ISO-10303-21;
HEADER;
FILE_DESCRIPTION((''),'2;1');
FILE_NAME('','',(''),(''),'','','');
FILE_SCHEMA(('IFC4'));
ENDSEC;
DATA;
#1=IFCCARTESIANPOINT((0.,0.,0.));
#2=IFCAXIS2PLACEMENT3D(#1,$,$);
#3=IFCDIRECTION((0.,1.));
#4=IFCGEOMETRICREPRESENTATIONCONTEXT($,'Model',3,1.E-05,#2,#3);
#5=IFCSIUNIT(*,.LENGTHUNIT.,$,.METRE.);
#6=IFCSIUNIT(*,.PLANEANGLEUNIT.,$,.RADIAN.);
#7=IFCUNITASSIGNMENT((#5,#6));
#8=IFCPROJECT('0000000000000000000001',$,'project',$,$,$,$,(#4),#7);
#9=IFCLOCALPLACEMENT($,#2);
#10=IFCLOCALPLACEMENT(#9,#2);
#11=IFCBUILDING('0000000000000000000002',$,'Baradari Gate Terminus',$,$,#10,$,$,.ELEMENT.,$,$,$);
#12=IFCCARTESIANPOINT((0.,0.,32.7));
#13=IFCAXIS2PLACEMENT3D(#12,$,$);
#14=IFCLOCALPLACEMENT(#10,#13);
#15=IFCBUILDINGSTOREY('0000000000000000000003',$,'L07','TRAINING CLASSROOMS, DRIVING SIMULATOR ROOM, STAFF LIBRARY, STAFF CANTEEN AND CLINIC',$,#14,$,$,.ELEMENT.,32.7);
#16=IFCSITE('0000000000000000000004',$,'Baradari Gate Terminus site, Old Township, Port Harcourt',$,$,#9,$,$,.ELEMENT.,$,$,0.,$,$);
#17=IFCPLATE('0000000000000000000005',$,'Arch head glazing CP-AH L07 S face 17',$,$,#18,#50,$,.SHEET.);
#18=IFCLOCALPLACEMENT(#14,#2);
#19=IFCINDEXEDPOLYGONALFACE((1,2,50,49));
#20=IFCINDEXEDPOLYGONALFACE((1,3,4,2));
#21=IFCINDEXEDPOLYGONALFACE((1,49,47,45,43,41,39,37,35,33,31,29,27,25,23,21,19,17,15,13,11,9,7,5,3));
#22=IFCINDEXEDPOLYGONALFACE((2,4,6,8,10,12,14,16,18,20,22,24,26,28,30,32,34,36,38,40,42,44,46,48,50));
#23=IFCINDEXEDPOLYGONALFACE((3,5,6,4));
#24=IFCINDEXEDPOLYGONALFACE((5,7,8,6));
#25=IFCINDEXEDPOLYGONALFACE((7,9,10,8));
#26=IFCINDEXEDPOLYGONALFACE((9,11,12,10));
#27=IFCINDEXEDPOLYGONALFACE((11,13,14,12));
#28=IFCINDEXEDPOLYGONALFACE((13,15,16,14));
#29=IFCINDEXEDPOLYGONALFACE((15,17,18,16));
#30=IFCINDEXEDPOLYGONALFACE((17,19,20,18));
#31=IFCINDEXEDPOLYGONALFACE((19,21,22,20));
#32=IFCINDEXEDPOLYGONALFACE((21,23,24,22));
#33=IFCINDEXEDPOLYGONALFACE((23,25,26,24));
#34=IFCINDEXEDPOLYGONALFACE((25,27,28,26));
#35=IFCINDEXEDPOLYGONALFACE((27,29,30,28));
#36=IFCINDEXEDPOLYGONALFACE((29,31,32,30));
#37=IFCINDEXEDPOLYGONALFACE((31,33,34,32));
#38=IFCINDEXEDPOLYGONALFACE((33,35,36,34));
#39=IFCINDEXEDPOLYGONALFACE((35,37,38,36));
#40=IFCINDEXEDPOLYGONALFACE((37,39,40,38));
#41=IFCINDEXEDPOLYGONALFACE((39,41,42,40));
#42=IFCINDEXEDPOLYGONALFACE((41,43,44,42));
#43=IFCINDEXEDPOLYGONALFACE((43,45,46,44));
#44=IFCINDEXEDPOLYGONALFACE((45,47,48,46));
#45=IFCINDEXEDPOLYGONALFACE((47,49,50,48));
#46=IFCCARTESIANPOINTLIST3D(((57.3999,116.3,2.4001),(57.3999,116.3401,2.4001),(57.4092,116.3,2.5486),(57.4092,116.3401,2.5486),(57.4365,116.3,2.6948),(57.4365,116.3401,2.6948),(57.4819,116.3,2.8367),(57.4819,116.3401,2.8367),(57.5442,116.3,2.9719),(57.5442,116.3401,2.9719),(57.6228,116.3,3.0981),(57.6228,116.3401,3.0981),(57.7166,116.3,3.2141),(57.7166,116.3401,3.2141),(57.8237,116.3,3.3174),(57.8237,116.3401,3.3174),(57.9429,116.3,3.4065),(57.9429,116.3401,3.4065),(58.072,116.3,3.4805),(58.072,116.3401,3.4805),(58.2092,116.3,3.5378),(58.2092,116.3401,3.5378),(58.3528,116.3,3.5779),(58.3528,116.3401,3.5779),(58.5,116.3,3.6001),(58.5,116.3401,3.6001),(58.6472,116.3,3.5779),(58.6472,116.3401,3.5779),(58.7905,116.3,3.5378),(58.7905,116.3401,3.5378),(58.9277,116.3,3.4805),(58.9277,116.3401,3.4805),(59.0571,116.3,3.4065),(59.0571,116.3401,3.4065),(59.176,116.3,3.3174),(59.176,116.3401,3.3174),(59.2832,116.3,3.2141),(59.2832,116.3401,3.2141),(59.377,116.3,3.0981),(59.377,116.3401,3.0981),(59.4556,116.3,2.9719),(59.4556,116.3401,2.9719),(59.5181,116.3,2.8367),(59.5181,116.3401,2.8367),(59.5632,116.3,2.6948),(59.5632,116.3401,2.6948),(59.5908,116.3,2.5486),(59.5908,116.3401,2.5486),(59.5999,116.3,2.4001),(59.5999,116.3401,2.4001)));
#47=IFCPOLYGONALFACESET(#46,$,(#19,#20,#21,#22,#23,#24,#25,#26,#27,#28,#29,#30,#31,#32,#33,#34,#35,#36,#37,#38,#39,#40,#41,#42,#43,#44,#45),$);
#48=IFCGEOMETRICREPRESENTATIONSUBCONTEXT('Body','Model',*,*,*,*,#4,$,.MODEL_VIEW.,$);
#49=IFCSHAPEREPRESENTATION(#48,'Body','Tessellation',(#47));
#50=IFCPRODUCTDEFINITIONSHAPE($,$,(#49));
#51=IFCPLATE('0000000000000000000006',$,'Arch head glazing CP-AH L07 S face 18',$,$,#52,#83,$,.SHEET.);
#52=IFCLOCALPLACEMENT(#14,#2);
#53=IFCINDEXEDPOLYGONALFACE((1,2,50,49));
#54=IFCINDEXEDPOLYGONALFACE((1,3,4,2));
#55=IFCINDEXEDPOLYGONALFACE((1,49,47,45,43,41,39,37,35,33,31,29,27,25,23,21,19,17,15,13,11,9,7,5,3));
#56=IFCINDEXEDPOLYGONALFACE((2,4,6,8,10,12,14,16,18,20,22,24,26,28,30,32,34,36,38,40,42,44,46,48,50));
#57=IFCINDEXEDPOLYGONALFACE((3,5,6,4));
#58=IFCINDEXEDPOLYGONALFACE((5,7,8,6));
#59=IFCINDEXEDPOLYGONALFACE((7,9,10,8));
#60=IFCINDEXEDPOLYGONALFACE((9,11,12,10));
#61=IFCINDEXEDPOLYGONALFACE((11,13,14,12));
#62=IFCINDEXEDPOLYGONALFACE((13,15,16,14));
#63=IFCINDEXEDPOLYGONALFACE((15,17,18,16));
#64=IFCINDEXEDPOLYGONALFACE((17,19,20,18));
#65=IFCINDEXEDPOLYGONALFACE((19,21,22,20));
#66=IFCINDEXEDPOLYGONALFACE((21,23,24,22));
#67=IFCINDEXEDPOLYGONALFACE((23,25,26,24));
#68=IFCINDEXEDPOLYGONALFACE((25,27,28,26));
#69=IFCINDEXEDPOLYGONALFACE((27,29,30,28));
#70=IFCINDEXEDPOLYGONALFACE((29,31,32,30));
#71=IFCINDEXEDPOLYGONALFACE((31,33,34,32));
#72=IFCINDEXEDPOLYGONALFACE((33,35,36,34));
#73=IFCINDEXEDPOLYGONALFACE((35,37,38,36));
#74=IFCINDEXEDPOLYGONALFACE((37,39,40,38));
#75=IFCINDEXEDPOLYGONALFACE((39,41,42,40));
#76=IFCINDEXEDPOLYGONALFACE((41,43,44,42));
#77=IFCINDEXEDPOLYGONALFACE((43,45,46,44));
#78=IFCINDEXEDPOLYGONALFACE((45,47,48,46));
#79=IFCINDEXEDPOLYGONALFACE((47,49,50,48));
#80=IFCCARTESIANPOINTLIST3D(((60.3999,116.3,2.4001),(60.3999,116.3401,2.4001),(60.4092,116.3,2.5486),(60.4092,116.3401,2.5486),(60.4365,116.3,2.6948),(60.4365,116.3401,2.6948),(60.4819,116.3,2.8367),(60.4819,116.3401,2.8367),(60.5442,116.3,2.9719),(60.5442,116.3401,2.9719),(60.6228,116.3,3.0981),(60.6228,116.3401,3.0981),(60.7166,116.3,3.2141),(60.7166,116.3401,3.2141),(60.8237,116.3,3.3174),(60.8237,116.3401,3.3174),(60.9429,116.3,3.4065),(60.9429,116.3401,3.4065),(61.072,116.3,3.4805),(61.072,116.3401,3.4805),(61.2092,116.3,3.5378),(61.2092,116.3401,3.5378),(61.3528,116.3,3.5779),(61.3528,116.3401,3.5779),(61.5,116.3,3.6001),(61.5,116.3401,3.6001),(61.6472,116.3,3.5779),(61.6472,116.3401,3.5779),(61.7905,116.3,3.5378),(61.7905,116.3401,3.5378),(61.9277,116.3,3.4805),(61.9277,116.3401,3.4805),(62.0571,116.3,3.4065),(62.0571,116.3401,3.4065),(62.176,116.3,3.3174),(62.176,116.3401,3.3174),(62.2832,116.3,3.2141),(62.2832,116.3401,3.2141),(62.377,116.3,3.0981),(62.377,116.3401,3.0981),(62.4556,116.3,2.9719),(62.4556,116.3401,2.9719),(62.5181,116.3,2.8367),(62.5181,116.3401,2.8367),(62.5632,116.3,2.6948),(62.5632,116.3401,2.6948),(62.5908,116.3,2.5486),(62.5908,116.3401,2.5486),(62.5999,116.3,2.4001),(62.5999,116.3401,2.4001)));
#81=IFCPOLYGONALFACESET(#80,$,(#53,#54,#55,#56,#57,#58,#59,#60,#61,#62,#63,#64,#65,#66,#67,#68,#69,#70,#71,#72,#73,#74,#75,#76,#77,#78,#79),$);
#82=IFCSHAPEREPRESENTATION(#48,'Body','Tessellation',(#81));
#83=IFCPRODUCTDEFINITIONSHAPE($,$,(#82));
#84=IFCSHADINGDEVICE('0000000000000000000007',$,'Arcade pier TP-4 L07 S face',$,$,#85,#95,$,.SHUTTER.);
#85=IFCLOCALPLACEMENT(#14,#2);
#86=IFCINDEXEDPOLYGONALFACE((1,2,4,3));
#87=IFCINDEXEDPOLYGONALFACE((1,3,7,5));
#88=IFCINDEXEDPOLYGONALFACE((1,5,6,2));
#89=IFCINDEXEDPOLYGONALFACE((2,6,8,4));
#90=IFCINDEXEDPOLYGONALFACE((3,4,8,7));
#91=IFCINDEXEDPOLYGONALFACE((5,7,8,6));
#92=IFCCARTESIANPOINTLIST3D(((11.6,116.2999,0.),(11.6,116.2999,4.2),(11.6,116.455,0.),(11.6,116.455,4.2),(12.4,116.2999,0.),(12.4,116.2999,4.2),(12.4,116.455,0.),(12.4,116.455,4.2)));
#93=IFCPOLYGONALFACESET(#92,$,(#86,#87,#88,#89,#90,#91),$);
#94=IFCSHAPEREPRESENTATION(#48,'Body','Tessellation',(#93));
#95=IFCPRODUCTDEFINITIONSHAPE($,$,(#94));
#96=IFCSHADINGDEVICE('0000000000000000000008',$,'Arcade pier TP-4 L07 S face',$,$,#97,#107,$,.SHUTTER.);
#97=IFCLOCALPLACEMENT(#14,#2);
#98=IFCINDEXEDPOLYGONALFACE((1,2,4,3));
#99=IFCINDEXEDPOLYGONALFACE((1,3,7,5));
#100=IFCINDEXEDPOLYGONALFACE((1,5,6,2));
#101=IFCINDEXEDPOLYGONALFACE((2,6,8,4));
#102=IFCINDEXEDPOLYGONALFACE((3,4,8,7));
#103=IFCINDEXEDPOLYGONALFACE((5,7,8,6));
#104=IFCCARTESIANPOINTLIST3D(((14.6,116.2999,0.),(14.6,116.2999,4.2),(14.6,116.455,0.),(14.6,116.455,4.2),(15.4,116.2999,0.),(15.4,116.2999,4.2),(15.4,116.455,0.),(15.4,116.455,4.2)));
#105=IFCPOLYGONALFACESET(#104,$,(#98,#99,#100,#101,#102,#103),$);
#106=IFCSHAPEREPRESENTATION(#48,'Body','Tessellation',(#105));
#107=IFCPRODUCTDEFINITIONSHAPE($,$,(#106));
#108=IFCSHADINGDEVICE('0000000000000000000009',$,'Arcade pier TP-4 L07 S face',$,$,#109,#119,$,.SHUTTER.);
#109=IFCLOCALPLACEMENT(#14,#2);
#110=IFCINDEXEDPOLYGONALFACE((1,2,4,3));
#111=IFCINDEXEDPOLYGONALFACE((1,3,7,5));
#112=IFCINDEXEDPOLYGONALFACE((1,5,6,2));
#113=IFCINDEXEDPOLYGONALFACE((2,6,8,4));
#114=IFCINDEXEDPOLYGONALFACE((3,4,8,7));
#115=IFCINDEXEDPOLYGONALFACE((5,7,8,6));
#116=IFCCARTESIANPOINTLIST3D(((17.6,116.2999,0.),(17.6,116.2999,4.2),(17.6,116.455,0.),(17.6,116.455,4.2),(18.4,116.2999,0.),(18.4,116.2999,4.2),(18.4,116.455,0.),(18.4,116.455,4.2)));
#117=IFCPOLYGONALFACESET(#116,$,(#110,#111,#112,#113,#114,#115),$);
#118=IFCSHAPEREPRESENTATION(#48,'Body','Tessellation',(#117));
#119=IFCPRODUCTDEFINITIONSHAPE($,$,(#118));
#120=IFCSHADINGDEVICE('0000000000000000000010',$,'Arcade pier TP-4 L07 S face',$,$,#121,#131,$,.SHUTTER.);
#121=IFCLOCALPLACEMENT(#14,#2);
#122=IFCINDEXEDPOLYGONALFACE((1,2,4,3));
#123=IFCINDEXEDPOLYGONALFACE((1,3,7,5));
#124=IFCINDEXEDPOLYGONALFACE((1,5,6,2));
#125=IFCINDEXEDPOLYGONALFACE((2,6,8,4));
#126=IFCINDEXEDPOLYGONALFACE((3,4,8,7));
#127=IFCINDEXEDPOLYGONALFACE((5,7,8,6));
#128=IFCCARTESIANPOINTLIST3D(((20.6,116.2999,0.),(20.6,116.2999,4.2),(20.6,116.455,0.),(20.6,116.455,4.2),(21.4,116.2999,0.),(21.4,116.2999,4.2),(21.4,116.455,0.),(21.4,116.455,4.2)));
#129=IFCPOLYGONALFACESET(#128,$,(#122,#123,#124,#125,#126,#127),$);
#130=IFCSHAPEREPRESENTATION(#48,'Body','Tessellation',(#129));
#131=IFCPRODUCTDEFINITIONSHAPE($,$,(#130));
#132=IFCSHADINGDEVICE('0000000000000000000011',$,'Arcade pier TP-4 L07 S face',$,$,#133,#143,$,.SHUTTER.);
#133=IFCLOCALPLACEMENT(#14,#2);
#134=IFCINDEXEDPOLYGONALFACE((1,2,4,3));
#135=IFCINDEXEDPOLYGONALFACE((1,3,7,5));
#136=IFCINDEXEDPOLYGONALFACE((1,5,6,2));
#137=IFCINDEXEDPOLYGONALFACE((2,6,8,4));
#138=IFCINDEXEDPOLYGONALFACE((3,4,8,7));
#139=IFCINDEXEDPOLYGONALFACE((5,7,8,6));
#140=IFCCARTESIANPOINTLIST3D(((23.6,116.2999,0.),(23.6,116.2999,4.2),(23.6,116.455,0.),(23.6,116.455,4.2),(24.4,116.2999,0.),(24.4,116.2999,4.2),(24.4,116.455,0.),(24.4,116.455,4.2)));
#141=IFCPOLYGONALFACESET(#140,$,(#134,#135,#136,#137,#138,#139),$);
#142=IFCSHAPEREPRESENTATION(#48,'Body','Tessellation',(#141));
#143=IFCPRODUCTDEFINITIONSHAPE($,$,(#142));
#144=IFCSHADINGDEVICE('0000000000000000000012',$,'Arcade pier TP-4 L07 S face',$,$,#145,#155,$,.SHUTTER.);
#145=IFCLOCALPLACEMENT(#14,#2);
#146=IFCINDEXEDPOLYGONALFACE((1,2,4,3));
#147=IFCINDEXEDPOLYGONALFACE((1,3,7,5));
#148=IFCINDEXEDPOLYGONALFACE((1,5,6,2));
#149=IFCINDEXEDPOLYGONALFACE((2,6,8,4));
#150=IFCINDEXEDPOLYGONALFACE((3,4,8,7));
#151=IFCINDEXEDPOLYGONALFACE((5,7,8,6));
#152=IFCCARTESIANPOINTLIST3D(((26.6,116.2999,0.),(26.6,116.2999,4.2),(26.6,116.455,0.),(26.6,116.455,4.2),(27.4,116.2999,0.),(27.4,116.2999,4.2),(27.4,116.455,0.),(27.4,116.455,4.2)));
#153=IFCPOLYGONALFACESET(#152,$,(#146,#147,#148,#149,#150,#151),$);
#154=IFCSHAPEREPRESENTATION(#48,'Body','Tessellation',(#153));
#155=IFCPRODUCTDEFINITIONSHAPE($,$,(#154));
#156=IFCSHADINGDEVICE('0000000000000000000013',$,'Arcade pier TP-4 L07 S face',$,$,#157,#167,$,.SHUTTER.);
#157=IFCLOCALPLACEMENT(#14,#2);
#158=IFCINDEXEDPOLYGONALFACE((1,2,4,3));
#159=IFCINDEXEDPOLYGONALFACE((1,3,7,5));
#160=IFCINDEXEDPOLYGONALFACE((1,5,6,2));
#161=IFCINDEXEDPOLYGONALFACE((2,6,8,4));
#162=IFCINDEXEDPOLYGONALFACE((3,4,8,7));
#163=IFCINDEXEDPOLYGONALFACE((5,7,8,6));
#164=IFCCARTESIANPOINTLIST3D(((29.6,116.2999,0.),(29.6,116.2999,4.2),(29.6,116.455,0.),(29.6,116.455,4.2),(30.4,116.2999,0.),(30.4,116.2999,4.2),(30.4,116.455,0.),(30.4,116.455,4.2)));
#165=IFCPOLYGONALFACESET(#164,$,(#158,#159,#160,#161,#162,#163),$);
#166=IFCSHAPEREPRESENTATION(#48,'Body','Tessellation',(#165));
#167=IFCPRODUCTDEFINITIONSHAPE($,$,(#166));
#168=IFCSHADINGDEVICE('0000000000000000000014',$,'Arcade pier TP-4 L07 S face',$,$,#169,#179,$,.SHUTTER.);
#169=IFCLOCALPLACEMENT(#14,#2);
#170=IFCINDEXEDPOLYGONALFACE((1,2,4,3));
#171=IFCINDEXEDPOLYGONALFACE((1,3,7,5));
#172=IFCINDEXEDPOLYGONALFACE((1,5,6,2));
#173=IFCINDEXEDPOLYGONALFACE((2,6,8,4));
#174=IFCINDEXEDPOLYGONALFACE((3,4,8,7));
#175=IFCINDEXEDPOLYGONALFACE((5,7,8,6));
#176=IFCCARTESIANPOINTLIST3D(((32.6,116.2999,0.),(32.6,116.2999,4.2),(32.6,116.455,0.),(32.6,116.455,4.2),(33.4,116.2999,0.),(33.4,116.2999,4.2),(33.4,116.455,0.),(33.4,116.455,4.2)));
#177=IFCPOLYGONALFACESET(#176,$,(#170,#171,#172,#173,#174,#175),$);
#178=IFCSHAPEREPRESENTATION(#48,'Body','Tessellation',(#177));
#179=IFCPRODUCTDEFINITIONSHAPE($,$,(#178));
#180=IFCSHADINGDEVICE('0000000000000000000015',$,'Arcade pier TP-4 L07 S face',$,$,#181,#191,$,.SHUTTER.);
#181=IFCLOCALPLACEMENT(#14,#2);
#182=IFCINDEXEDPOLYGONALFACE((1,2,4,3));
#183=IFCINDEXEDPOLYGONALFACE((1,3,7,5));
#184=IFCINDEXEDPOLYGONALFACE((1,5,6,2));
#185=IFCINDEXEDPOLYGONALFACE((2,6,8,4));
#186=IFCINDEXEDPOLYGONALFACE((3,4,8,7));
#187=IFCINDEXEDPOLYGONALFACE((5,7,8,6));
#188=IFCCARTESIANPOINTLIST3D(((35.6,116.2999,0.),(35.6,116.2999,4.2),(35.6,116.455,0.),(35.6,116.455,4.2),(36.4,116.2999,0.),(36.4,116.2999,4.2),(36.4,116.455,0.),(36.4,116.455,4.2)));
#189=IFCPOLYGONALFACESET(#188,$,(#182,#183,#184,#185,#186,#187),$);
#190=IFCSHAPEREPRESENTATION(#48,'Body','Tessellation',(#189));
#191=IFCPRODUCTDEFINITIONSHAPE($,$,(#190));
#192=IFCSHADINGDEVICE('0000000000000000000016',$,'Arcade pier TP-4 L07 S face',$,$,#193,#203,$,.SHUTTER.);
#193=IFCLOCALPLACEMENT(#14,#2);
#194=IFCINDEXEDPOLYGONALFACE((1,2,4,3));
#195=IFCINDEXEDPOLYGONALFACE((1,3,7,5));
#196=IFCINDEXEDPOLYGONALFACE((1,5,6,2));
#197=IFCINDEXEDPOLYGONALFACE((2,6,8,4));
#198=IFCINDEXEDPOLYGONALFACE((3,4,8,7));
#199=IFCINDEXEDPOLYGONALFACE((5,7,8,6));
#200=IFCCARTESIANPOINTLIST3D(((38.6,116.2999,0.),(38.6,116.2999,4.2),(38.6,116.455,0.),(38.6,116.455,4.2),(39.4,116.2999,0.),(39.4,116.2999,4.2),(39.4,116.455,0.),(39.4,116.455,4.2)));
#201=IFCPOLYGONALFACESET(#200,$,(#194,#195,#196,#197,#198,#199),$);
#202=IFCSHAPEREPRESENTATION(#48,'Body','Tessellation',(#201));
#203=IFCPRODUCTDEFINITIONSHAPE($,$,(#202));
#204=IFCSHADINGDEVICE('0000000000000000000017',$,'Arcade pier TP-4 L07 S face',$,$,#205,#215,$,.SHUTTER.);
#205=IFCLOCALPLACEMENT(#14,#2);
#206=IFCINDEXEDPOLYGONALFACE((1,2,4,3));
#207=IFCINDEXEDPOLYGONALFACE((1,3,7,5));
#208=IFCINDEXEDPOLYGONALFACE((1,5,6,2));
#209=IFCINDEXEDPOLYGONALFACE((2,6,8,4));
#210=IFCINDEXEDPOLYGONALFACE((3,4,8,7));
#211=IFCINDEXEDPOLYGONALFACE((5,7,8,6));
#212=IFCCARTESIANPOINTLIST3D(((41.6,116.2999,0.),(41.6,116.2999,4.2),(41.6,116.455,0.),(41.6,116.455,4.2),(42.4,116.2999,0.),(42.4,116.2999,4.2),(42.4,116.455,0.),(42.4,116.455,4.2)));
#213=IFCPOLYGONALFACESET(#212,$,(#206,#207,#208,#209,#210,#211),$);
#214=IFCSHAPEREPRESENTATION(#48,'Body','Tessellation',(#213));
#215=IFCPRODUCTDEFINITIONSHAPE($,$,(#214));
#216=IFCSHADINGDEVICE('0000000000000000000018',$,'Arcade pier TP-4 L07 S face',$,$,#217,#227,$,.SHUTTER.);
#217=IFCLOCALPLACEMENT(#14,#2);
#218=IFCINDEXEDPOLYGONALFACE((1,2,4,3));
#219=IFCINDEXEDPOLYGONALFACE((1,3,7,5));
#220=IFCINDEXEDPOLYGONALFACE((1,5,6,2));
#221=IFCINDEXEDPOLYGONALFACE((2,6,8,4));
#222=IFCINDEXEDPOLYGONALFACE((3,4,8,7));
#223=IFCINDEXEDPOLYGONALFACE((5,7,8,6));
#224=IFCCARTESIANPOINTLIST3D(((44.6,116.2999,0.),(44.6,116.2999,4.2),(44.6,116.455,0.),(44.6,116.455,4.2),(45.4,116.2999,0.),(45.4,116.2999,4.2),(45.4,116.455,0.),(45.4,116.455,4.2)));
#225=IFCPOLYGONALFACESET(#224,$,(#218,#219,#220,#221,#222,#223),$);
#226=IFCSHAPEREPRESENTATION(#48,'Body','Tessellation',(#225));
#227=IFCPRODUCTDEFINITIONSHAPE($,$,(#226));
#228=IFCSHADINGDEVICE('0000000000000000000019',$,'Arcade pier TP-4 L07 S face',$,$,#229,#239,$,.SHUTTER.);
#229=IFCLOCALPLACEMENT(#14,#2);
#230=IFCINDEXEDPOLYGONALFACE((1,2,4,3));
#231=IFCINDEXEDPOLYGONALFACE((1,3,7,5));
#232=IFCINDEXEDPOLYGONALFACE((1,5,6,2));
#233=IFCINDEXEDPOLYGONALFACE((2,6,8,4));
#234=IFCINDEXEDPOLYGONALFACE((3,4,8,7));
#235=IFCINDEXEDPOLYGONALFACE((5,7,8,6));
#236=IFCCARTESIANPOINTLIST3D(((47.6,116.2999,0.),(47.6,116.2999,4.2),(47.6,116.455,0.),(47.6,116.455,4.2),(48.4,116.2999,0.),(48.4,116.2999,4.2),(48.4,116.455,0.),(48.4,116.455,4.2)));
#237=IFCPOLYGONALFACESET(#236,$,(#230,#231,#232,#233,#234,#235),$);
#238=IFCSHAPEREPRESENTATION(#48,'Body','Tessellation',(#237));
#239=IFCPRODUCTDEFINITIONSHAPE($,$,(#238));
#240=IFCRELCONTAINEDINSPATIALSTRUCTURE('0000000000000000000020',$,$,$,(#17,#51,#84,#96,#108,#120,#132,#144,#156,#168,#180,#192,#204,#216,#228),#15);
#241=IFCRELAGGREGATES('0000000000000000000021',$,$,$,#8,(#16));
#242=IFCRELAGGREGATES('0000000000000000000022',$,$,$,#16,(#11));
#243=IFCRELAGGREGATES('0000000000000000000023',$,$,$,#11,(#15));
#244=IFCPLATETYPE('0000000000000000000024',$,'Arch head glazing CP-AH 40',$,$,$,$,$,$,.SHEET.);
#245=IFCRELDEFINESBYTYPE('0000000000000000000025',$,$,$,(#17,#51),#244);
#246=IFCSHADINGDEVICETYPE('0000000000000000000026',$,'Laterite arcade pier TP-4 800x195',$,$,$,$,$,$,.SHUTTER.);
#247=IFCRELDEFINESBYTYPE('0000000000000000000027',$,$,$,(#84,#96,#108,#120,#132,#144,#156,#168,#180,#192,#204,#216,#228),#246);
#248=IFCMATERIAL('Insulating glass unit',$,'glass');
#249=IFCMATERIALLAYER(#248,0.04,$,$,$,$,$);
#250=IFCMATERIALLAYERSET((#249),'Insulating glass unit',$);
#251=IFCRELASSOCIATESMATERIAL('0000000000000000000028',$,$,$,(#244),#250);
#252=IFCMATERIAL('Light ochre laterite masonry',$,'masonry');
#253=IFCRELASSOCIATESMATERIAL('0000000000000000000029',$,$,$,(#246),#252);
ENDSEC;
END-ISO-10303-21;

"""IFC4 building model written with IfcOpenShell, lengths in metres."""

from ifc_helpers import new_model, si_unit, direction, frame, origin, origin_2d, place, context, subcontext, project, spatial, polyline, rectangle, outline, extrude, material, layer, layer_set, type_object, element, save


model = new_model("IFC4")

# Units and contexts
model_context = context("Model", 3, precision=1e-05, world=origin(), true_north=direction((0.0, 1.0)))
body_context = subcontext(model_context, "Body", "Model", "MODEL_VIEW")
ifc_project = project(units=[si_unit("LENGTHUNIT", "METRE"), si_unit("PLANEANGLEUNIT", "RADIAN")], contexts=[model_context])

# Site, building, storey
site_placement = place(None, origin())
site = spatial("IfcSite", under=ifc_project, at=site_placement, Name="Baradari Gate Terminus site, Old Township, Port Harcourt", CompositionType="ELEMENT", RefElevation=0.0)
building_placement = place(site_placement, origin())
building = spatial("IfcBuilding", under=site, at=building_placement, Name="Baradari Gate Terminus", CompositionType="ELEMENT")
storey_placement = place(building_placement, frame((0.0, 0.0, 32.7)))
storey = spatial("IfcBuildingStorey", under=building, at=storey_placement, Name="L07", Description="TRAINING CLASSROOMS, DRIVING SIMULATOR ROOM, STAFF LIBRARY, STAFF CANTEEN AND CLINIC", CompositionType="ELEMENT", Elevation=32.7)

# Plates
ifc_material_1 = material(Name="Insulating glass unit", Category="glass")
ifc_layer = layer(ifc_material_1, 0.04)
ifc_layer_set = layer_set([ifc_layer], Name="Insulating glass unit")
plate_type = type_object("IfcPlateType", Name="Arch head glazing CP-AH 40", PredefinedType="SHEET", material=ifc_layer_set)
for number, where, z_axis, x_axis, name in (
    (1, (57.3999, 116.3201, 2.4001), (0.0, 0.0, 1.0), (1.0, 0.0, 0.0), "Arch head glazing CP-AH L07 S face 17"),
    (2, (60.3999, 116.3201, 2.4001), (0.0, 0.0, 1.0), (1.0, 0.0, 0.0), "Arch head glazing CP-AH L07 S face 18"),
):
    element("IfcPlate", number, at=place(storey_placement, frame(where, z_axis=z_axis, x_axis=x_axis)), inside=storey, type_object=plate_type, Name=name, PredefinedType="SHEET", context=body_context, shape_type="SweptSolid", body=[
        extrude(outline(polyline([(0.0, 0.0), (2.2, 0.0), (2.1909, 0.1484), (2.1633, 0.2947), (2.1182, 0.4365), (2.0557, 0.5718), (1.9771, 0.698), (1.8833, 0.814), (1.7761, 0.9172), (1.6572, 1.0063), (1.5278, 1.0803), (1.3906, 1.1377), (1.2473, 1.1777), (1.1001, 1.2), (0.9529, 1.1777), (0.8093, 1.1377), (0.6721, 1.0803), (0.543, 1.0063), (0.4238, 0.9172), (0.3167, 0.814), (0.2229, 0.698), (0.1443, 0.5718), (0.082, 0.4365), (0.0366, 0.2947), (0.0093, 0.1484), (0.0, 0.0)])), frame((0.0, 0.02, 0.0), z_axis=(0.0, -1.0, 0.0), x_axis=(1.0, 0.0, 0.0)), (0.0, 0.0, 1.0), 0.04),
    ])

# Shading devices
ifc_material_2 = material(Name="Light ochre laterite masonry", Category="masonry")
shading_device_type = type_object("IfcShadingDeviceType", Name="Laterite arcade pier TP-4 800x195", PredefinedType="SHUTTER", material=ifc_material_2)
for number, where, z_axis, x_axis, name in (
    (3, (12.0, 116.3774, 0.0), (0.0, 0.0, 1.0), (1.0, 0.0, 0.0), "Arcade pier TP-4 L07 S face"),
    (4, (15.0, 116.3774, 0.0), (0.0, 0.0, 1.0), (1.0, 0.0, 0.0), "Arcade pier TP-4 L07 S face"),
    (5, (18.0, 116.3774, 0.0), (0.0, 0.0, 1.0), (1.0, 0.0, 0.0), "Arcade pier TP-4 L07 S face"),
    (6, (21.0, 116.3774, 0.0), (0.0, 0.0, 1.0), (1.0, 0.0, 0.0), "Arcade pier TP-4 L07 S face"),
    (7, (24.0, 116.3774, 0.0), (0.0, 0.0, 1.0), (1.0, 0.0, 0.0), "Arcade pier TP-4 L07 S face"),
    (8, (27.0, 116.3774, 0.0), (0.0, 0.0, 1.0), (1.0, 0.0, 0.0), "Arcade pier TP-4 L07 S face"),
    (9, (30.0, 116.3774, 0.0), (0.0, 0.0, 1.0), (1.0, 0.0, 0.0), "Arcade pier TP-4 L07 S face"),
    (10, (33.0, 116.3774, 0.0), (0.0, 0.0, 1.0), (1.0, 0.0, 0.0), "Arcade pier TP-4 L07 S face"),
    (11, (36.0, 116.3774, 0.0), (0.0, 0.0, 1.0), (1.0, 0.0, 0.0), "Arcade pier TP-4 L07 S face"),
    (12, (39.0, 116.3774, 0.0), (0.0, 0.0, 1.0), (1.0, 0.0, 0.0), "Arcade pier TP-4 L07 S face"),
    (13, (42.0, 116.3774, 0.0), (0.0, 0.0, 1.0), (1.0, 0.0, 0.0), "Arcade pier TP-4 L07 S face"),
    (14, (45.0, 116.3774, 0.0), (0.0, 0.0, 1.0), (1.0, 0.0, 0.0), "Arcade pier TP-4 L07 S face"),
    (15, (48.0, 116.3774, 0.0), (0.0, 0.0, 1.0), (1.0, 0.0, 0.0), "Arcade pier TP-4 L07 S face"),
):
    element("IfcShadingDevice", number, at=place(storey_placement, frame(where, z_axis=z_axis, x_axis=x_axis)), inside=storey, type_object=shading_device_type, Name=name, PredefinedType="SHUTTER", context=body_context, shape_type="SweptSolid", body=[
        extrude(rectangle(XDim=0.8, YDim=0.155, at=origin_2d()), origin(), (0.0, 0.0, 1.0), 4.2),
    ])

save(model, "model.ifc")
